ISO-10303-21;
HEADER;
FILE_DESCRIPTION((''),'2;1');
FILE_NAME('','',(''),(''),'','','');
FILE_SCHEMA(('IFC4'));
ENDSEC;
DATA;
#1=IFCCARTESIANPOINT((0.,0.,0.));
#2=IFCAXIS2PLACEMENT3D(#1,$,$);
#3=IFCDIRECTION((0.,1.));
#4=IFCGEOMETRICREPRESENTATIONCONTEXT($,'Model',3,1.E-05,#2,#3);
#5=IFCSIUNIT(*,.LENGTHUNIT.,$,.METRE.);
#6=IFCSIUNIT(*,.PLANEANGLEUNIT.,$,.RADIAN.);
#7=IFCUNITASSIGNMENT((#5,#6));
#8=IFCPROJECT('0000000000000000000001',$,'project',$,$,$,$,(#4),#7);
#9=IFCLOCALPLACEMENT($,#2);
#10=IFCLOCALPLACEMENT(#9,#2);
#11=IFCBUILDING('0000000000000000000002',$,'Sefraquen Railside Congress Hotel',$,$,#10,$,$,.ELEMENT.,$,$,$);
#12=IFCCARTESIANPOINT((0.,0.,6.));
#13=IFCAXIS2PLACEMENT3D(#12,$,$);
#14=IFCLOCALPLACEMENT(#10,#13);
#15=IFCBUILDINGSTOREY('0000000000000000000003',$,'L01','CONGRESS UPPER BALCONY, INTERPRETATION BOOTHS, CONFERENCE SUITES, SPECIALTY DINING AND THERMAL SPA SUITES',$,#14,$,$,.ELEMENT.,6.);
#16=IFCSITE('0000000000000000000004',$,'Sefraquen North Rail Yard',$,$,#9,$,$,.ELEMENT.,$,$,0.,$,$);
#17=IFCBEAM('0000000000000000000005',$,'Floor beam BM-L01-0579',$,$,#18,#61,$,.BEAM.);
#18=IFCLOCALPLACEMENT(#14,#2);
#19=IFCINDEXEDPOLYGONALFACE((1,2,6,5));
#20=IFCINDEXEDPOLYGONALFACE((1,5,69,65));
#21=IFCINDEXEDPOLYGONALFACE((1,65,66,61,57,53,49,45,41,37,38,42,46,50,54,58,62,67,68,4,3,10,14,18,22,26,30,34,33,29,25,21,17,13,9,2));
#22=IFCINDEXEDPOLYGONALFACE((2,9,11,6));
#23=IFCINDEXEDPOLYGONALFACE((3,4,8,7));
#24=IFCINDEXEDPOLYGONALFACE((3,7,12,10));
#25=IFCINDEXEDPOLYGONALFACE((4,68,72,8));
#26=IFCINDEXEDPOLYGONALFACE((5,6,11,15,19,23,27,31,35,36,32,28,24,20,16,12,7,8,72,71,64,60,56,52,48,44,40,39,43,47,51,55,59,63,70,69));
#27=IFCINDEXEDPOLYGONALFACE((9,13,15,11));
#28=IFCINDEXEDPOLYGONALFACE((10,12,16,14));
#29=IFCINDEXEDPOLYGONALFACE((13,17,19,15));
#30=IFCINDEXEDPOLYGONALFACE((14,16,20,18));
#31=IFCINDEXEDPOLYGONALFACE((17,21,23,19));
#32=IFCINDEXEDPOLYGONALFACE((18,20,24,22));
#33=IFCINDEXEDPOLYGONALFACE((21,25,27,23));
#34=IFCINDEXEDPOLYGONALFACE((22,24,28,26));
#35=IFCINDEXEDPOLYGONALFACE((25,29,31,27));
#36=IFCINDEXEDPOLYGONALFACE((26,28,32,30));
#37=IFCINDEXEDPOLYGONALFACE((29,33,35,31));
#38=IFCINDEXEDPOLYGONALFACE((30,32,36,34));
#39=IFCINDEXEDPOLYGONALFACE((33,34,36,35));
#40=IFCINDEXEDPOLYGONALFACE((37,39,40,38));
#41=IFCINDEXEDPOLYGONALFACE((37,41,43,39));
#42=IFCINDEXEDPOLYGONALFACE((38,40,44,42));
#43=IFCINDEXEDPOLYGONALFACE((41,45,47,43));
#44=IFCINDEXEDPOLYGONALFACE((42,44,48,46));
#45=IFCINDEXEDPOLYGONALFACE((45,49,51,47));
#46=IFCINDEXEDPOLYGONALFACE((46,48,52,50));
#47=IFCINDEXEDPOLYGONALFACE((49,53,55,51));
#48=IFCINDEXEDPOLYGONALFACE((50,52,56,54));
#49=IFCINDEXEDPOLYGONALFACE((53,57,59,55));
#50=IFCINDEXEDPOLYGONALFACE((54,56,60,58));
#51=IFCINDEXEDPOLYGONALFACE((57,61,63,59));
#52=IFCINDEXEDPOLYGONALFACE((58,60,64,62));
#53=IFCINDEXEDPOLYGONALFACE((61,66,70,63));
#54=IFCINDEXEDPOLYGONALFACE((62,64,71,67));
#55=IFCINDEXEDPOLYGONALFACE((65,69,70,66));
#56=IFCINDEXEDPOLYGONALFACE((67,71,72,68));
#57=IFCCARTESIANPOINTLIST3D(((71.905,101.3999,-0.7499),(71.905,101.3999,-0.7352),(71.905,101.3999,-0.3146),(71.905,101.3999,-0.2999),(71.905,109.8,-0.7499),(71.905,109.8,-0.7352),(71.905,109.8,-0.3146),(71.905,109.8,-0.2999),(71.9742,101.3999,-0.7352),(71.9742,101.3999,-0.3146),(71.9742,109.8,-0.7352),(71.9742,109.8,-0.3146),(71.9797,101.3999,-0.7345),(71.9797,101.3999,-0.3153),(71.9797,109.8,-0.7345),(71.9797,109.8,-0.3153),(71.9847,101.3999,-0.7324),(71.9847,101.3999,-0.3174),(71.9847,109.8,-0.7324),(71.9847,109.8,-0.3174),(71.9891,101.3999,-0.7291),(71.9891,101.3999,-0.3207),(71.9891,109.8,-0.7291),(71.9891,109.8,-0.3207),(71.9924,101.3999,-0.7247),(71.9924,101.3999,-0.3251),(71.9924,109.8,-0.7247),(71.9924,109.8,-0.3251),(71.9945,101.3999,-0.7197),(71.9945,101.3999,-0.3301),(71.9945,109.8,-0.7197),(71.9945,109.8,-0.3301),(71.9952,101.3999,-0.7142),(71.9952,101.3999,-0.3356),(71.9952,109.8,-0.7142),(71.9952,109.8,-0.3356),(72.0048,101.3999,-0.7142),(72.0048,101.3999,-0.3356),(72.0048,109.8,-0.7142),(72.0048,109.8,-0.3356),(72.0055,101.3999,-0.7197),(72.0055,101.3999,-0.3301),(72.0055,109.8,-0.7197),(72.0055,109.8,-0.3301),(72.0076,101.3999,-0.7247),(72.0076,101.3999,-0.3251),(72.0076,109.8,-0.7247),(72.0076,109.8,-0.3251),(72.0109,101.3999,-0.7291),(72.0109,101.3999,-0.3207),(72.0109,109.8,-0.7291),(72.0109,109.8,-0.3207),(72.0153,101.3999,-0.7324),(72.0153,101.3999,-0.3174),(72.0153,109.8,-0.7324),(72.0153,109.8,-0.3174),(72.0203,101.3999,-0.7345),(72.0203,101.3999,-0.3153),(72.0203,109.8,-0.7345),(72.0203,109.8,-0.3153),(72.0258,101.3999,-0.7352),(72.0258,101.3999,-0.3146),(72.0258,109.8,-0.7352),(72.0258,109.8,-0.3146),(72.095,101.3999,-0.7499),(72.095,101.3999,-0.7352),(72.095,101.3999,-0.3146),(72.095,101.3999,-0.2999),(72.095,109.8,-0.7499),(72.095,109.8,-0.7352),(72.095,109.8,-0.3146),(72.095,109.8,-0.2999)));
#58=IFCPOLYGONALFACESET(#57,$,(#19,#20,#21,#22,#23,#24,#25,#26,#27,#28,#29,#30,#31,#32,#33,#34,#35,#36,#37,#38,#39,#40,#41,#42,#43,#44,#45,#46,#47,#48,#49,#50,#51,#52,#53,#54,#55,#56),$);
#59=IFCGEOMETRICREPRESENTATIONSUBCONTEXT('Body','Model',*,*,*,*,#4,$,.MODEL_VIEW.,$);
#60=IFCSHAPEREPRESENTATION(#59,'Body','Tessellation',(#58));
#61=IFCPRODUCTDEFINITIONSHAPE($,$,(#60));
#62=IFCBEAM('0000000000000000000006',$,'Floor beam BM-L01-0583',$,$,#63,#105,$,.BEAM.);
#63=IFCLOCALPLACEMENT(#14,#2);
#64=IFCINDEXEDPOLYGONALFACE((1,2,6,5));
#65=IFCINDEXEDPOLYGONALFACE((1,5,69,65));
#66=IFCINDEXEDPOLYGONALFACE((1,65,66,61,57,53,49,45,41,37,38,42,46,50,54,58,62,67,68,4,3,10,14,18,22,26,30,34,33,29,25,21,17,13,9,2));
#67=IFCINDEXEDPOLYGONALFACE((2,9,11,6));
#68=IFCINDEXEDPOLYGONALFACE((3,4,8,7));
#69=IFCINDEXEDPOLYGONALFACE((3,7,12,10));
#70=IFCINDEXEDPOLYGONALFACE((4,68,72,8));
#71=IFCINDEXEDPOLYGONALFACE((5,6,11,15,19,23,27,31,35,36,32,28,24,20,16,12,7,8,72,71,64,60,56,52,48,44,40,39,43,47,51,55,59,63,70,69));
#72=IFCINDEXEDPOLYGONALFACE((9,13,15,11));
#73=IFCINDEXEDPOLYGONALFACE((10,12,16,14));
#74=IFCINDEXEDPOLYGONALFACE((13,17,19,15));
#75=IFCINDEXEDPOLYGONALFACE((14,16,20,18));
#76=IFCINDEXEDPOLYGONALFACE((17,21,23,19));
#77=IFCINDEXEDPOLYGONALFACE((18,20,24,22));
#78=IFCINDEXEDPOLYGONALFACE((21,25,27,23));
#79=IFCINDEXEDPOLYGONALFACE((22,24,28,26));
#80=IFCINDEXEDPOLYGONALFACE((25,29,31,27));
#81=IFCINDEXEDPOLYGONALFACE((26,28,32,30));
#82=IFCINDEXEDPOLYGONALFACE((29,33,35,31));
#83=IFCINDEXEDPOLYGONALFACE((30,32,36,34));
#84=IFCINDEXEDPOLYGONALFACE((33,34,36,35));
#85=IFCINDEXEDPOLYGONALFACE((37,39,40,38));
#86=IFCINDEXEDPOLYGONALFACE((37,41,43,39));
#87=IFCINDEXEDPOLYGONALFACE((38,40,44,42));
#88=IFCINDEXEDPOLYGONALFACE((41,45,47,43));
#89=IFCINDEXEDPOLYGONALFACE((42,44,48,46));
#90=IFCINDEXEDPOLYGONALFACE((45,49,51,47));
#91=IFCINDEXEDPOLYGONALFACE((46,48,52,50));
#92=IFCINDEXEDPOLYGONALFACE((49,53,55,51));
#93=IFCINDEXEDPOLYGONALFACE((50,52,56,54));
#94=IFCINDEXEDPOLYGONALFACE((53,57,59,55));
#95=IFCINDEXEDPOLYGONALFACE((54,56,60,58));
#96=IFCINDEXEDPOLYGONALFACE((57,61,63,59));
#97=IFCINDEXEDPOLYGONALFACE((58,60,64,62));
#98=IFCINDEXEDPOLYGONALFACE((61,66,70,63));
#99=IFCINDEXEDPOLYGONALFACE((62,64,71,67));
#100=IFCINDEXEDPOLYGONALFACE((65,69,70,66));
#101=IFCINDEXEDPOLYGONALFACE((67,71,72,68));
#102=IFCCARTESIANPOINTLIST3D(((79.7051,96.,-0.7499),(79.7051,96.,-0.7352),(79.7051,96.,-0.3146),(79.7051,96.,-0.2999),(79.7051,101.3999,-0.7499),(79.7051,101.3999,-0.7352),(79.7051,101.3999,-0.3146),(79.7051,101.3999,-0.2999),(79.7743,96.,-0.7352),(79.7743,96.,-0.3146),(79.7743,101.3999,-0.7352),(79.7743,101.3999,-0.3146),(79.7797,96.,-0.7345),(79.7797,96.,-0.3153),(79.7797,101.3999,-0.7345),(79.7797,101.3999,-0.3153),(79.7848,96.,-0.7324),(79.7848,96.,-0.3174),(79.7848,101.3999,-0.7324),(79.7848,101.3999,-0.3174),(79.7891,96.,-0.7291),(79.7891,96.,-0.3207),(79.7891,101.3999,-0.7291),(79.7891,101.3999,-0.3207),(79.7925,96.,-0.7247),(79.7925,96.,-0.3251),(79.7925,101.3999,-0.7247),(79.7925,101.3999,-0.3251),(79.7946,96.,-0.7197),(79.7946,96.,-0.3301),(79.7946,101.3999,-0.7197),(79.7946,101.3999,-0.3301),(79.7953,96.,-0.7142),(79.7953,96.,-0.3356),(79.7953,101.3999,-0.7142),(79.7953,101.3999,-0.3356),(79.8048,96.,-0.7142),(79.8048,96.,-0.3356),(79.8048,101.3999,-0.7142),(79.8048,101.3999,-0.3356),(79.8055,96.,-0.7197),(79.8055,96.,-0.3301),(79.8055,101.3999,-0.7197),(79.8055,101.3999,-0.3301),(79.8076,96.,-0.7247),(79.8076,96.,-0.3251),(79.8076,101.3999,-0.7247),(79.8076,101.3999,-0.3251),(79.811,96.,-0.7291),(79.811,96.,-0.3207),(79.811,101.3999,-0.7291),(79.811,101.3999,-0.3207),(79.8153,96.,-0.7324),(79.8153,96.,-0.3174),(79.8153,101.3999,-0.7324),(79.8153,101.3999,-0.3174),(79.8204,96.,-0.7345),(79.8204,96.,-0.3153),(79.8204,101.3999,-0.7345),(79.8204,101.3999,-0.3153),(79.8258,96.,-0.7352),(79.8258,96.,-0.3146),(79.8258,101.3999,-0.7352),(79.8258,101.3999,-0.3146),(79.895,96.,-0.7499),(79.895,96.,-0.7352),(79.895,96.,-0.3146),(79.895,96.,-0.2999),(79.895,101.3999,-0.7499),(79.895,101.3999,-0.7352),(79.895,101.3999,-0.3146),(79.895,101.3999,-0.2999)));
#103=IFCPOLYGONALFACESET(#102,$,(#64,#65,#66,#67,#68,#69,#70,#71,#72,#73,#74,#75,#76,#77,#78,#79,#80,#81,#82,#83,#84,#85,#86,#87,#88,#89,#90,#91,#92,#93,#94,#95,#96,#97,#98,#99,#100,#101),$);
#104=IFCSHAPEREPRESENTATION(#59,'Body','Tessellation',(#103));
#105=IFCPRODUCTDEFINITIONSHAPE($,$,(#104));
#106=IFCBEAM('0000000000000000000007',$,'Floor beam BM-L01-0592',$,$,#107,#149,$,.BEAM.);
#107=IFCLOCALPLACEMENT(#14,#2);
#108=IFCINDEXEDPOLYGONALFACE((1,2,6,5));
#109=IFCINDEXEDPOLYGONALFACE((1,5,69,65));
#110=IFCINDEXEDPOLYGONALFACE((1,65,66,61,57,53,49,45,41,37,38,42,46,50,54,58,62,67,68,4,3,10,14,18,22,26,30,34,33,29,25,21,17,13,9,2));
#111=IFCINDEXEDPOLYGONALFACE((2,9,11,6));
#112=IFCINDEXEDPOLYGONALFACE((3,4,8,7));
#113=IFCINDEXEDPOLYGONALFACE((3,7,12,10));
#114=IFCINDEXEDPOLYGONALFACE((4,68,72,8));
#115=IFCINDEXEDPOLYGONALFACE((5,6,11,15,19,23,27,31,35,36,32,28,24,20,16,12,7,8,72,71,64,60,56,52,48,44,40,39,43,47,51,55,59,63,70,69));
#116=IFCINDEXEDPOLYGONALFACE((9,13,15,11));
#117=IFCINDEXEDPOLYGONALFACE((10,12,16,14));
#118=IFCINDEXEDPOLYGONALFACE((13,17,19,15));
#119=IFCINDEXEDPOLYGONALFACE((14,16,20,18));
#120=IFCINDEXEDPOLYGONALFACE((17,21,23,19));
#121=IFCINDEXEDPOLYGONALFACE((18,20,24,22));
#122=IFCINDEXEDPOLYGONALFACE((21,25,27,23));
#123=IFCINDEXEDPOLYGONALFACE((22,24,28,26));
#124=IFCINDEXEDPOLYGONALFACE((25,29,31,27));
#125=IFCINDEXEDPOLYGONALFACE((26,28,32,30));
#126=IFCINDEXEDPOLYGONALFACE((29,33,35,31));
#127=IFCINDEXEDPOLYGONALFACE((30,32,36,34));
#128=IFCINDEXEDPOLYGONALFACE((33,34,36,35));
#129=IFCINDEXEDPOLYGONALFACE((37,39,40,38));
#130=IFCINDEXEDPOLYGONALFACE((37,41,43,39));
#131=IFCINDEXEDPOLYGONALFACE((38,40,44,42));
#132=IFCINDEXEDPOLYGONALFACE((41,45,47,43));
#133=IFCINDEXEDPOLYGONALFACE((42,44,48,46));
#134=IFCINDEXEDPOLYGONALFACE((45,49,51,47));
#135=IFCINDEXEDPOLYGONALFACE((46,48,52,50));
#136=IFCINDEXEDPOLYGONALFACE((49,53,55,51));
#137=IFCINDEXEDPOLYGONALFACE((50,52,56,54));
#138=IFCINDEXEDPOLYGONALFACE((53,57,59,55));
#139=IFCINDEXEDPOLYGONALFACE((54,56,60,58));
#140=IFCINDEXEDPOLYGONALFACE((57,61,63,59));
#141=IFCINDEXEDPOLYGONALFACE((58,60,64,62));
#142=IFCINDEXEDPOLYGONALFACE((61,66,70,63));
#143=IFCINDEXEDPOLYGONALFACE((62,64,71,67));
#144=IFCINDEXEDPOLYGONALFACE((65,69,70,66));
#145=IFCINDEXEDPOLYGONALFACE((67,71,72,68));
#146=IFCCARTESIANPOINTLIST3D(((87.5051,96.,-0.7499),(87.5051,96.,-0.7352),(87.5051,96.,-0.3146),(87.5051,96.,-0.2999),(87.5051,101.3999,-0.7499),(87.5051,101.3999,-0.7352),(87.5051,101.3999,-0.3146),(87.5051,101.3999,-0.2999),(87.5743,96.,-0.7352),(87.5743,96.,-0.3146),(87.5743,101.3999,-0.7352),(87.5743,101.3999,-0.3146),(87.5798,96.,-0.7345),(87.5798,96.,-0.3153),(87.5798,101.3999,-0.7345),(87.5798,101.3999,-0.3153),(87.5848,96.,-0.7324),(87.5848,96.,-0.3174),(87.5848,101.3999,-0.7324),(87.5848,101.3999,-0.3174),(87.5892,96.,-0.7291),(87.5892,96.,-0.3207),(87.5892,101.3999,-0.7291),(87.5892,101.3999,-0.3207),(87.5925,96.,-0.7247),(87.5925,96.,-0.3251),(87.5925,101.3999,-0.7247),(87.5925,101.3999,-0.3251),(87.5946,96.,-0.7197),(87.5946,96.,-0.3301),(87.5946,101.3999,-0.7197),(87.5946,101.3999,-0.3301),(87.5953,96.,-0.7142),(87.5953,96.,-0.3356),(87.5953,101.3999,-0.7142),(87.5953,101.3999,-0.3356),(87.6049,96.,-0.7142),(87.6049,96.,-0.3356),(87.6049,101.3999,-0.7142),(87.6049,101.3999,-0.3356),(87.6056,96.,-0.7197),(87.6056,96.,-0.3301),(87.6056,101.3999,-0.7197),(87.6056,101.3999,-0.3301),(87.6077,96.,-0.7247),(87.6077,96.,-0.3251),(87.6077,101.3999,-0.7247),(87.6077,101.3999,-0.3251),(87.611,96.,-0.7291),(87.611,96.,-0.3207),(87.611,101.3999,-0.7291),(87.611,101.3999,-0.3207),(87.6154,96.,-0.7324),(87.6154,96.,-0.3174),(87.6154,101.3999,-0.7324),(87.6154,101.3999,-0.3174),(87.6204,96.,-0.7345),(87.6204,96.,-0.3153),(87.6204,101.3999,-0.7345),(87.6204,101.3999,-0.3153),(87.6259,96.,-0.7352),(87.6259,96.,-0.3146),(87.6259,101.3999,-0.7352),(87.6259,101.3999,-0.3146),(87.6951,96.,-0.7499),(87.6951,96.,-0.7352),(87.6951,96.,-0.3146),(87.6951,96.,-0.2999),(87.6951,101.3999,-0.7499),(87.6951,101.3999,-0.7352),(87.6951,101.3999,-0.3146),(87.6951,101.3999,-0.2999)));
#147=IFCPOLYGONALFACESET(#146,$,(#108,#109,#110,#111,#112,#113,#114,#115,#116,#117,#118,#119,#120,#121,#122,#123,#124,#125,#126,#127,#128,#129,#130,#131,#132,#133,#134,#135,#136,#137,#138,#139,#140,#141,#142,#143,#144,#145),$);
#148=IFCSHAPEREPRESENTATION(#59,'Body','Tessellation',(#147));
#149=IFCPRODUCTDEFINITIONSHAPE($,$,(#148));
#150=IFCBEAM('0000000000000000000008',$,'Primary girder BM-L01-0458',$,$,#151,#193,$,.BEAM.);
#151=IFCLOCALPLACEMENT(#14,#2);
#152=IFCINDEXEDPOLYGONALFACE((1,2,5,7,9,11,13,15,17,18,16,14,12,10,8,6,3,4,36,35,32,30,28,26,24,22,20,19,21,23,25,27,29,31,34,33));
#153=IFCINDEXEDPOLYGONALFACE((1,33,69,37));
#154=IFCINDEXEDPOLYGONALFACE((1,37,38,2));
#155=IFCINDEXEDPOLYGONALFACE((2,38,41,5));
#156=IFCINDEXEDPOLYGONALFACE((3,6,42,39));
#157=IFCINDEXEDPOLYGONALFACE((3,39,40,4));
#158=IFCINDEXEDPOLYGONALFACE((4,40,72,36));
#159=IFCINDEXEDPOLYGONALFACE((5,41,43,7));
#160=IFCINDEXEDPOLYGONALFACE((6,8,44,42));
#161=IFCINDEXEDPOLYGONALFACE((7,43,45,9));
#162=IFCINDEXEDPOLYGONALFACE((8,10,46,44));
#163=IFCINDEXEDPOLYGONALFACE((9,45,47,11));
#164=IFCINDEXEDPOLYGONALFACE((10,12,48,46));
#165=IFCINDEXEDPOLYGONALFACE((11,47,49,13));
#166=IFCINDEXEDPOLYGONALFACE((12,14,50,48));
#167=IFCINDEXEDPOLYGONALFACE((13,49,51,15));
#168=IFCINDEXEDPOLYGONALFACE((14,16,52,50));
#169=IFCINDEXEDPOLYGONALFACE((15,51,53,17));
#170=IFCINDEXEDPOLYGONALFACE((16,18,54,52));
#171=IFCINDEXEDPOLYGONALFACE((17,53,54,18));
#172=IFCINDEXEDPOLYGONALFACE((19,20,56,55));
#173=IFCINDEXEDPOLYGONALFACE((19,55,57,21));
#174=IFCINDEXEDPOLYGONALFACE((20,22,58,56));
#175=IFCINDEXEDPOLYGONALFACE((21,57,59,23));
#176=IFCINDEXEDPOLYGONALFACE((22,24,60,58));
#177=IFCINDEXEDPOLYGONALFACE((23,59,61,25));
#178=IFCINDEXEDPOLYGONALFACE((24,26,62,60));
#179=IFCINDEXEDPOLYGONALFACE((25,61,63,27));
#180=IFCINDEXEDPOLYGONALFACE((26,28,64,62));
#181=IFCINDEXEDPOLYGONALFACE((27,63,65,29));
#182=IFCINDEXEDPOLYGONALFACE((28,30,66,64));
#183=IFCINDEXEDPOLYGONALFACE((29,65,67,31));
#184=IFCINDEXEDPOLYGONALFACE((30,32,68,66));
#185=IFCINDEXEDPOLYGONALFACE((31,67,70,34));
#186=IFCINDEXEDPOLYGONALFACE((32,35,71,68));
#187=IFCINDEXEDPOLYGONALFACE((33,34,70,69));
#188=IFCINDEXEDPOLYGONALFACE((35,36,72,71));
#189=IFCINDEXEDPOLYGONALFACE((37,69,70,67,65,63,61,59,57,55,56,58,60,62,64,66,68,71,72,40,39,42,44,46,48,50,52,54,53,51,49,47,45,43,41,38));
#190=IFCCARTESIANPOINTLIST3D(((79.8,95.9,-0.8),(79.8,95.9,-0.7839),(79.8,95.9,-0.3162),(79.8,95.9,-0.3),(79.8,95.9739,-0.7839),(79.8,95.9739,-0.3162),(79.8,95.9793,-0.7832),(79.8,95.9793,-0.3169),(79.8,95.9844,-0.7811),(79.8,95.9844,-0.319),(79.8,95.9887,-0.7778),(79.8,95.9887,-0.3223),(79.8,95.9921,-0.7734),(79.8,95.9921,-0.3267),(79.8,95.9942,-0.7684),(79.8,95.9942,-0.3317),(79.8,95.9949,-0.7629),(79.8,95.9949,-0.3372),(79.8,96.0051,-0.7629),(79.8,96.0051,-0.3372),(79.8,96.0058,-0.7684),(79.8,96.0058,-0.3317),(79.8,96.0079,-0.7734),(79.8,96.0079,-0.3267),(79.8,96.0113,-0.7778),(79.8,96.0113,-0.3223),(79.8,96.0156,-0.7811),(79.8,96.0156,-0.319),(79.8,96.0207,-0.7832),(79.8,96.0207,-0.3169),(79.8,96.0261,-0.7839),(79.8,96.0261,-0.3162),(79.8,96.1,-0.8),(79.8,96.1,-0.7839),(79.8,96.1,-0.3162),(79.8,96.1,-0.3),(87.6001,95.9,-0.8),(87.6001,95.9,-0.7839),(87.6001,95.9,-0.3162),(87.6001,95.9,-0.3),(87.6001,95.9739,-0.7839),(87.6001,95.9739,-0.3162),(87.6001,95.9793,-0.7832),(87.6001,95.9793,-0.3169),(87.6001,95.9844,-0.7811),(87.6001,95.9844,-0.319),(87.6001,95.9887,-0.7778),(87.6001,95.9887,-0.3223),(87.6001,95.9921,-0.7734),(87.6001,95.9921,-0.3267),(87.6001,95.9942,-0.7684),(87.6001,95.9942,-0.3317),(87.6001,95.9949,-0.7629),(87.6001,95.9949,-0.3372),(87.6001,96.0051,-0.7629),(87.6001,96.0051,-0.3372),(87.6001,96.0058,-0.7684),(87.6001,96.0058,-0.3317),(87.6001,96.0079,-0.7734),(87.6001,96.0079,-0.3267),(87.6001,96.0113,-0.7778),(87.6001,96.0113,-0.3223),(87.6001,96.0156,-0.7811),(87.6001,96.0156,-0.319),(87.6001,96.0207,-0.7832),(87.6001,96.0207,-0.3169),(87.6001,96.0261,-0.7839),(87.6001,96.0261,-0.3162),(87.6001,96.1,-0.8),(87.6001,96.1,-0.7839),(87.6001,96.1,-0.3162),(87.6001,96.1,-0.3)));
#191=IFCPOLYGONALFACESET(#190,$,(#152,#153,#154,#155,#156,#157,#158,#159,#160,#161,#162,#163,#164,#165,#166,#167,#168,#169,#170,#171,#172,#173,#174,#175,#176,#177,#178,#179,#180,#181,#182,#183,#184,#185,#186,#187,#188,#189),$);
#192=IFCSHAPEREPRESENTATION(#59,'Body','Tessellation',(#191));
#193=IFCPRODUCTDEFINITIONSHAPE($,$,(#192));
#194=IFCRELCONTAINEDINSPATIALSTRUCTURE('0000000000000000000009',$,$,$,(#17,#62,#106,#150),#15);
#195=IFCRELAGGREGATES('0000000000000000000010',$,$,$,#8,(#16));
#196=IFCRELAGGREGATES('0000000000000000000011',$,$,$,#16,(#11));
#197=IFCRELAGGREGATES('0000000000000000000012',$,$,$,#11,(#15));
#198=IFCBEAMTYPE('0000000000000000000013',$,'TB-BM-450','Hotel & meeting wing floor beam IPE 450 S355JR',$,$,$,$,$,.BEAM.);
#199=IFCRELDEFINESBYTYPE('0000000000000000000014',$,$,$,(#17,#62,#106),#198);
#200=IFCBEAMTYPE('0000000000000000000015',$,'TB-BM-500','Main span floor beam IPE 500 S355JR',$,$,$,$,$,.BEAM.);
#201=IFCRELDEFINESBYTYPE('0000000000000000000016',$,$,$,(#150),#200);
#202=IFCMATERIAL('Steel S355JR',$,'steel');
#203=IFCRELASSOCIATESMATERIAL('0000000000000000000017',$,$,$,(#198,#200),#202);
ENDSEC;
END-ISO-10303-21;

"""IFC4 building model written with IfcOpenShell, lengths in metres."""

from ifc_helpers import new_model, si_unit, direction, frame, origin, origin_2d, place, context, subcontext, project, spatial, i_section, extrude, material, material_profile, profile_set, type_object, element, save


model = new_model("IFC4")

# Units and contexts
model_context = context("Model", 3, precision=1e-05, world=origin(), true_north=direction((0.0, 1.0)))
body_context = subcontext(model_context, "Body", "Model", "MODEL_VIEW")
ifc_project = project(units=[si_unit("LENGTHUNIT", "METRE"), si_unit("PLANEANGLEUNIT", "RADIAN")], contexts=[model_context])

# Site, building, storey
site_placement = place(None, origin())
site = spatial("IfcSite", under=ifc_project, at=site_placement, Name="Sefraquen North Rail Yard", CompositionType="ELEMENT", RefElevation=0.0)
building_placement = place(site_placement, origin())
building = spatial("IfcBuilding", under=site, at=building_placement, Name="Sefraquen Railside Congress Hotel", CompositionType="ELEMENT")
storey_placement = place(building_placement, frame((0.0, 0.0, 6.0)))
storey = spatial("IfcBuildingStorey", under=building, at=storey_placement, Name="L01", Description="CONGRESS UPPER BALCONY, INTERPRETATION BOOTHS, CONFERENCE SUITES, SPECIALTY DINING AND THERMAL SPA SUITES", CompositionType="ELEMENT", Elevation=6.0)

# Shared definitions
ifc_material_1 = material(Name="Steel S355JR", Category="steel")

# Beams
ifc_material_profile_1 = material_profile(ifc_material_1, i_section(OverallWidth=0.1899, OverallDepth=0.45, WebThickness=0.0095, FlangeThickness=0.0146, FilletRadius=0.021, at=origin_2d()), Name="IPE 450")
ifc_profile_set_1 = profile_set([ifc_material_profile_1], Name="Steel S355JR")
beam_type_1 = type_object("IfcBeamType", Name="TB-BM-450", Description="Hotel & meeting wing floor beam IPE 450 S355JR", PredefinedType="BEAM", material=ifc_profile_set_1)
beam_1_placement = place(storey_placement, frame((72.0, 101.3999, -0.5249), z_axis=(0.0, 1.0, 0.0), x_axis=(-1.0, 0.0, 0.0)))
element("IfcBeam", 1, at=beam_1_placement, inside=storey, type_object=beam_type_1, Name="Floor beam BM-L01-0579", PredefinedType="BEAM", context=body_context, shape_type="SweptSolid", body=[
    extrude(i_section(OverallWidth=0.1899, OverallDepth=0.45, WebThickness=0.0095, FlangeThickness=0.0146, FilletRadius=0.021, at=origin_2d()), origin(), (0.0, 0.0, 1.0), 8.4001),
])
for number, where, z_axis, x_axis, name in (
    (2, (79.8, 96.0, -0.5249), (0.0, 1.0, 0.0), (-1.0, 0.0, 0.0), "Floor beam BM-L01-0583"),
    (3, (87.6001, 96.0, -0.5249), (0.0, 1.0, 0.0), (-1.0, 0.0, 0.0), "Floor beam BM-L01-0592"),
):
    element("IfcBeam", number, at=place(storey_placement, frame(where, z_axis=z_axis, x_axis=x_axis)), inside=storey, type_object=beam_type_1, Name=name, PredefinedType="BEAM", context=body_context, shape_type="SweptSolid", body=[
        extrude(i_section(OverallWidth=0.1899, OverallDepth=0.45, WebThickness=0.0095, FlangeThickness=0.0146, FilletRadius=0.021, at=origin_2d()), origin(), (0.0, 0.0, 1.0), 5.3999),
    ])
ifc_material_profile_2 = material_profile(ifc_material_1, i_section(OverallWidth=0.2, OverallDepth=0.5, WebThickness=0.0103, FlangeThickness=0.0161, FilletRadius=0.021, at=origin_2d()), Name="IPE 500")
ifc_profile_set_2 = profile_set([ifc_material_profile_2], Name="Steel S355JR")
beam_type_2 = type_object("IfcBeamType", Name="TB-BM-500", Description="Main span floor beam IPE 500 S355JR", PredefinedType="BEAM", material=ifc_profile_set_2)
beam_2_placement = place(storey_placement, frame((79.8, 96.0, -0.55), z_axis=(1.0, 0.0, 0.0), x_axis=(0.0, 1.0, 0.0)))
element("IfcBeam", 4, at=beam_2_placement, inside=storey, type_object=beam_type_2, Name="Primary girder BM-L01-0458", PredefinedType="BEAM", context=body_context, shape_type="SweptSolid", body=[
    extrude(i_section(OverallWidth=0.2, OverallDepth=0.5, WebThickness=0.0103, FlangeThickness=0.0161, FilletRadius=0.021, at=origin_2d()), origin(), (0.0, 0.0, 1.0), 7.8),
])

save(model, "model.ifc")
